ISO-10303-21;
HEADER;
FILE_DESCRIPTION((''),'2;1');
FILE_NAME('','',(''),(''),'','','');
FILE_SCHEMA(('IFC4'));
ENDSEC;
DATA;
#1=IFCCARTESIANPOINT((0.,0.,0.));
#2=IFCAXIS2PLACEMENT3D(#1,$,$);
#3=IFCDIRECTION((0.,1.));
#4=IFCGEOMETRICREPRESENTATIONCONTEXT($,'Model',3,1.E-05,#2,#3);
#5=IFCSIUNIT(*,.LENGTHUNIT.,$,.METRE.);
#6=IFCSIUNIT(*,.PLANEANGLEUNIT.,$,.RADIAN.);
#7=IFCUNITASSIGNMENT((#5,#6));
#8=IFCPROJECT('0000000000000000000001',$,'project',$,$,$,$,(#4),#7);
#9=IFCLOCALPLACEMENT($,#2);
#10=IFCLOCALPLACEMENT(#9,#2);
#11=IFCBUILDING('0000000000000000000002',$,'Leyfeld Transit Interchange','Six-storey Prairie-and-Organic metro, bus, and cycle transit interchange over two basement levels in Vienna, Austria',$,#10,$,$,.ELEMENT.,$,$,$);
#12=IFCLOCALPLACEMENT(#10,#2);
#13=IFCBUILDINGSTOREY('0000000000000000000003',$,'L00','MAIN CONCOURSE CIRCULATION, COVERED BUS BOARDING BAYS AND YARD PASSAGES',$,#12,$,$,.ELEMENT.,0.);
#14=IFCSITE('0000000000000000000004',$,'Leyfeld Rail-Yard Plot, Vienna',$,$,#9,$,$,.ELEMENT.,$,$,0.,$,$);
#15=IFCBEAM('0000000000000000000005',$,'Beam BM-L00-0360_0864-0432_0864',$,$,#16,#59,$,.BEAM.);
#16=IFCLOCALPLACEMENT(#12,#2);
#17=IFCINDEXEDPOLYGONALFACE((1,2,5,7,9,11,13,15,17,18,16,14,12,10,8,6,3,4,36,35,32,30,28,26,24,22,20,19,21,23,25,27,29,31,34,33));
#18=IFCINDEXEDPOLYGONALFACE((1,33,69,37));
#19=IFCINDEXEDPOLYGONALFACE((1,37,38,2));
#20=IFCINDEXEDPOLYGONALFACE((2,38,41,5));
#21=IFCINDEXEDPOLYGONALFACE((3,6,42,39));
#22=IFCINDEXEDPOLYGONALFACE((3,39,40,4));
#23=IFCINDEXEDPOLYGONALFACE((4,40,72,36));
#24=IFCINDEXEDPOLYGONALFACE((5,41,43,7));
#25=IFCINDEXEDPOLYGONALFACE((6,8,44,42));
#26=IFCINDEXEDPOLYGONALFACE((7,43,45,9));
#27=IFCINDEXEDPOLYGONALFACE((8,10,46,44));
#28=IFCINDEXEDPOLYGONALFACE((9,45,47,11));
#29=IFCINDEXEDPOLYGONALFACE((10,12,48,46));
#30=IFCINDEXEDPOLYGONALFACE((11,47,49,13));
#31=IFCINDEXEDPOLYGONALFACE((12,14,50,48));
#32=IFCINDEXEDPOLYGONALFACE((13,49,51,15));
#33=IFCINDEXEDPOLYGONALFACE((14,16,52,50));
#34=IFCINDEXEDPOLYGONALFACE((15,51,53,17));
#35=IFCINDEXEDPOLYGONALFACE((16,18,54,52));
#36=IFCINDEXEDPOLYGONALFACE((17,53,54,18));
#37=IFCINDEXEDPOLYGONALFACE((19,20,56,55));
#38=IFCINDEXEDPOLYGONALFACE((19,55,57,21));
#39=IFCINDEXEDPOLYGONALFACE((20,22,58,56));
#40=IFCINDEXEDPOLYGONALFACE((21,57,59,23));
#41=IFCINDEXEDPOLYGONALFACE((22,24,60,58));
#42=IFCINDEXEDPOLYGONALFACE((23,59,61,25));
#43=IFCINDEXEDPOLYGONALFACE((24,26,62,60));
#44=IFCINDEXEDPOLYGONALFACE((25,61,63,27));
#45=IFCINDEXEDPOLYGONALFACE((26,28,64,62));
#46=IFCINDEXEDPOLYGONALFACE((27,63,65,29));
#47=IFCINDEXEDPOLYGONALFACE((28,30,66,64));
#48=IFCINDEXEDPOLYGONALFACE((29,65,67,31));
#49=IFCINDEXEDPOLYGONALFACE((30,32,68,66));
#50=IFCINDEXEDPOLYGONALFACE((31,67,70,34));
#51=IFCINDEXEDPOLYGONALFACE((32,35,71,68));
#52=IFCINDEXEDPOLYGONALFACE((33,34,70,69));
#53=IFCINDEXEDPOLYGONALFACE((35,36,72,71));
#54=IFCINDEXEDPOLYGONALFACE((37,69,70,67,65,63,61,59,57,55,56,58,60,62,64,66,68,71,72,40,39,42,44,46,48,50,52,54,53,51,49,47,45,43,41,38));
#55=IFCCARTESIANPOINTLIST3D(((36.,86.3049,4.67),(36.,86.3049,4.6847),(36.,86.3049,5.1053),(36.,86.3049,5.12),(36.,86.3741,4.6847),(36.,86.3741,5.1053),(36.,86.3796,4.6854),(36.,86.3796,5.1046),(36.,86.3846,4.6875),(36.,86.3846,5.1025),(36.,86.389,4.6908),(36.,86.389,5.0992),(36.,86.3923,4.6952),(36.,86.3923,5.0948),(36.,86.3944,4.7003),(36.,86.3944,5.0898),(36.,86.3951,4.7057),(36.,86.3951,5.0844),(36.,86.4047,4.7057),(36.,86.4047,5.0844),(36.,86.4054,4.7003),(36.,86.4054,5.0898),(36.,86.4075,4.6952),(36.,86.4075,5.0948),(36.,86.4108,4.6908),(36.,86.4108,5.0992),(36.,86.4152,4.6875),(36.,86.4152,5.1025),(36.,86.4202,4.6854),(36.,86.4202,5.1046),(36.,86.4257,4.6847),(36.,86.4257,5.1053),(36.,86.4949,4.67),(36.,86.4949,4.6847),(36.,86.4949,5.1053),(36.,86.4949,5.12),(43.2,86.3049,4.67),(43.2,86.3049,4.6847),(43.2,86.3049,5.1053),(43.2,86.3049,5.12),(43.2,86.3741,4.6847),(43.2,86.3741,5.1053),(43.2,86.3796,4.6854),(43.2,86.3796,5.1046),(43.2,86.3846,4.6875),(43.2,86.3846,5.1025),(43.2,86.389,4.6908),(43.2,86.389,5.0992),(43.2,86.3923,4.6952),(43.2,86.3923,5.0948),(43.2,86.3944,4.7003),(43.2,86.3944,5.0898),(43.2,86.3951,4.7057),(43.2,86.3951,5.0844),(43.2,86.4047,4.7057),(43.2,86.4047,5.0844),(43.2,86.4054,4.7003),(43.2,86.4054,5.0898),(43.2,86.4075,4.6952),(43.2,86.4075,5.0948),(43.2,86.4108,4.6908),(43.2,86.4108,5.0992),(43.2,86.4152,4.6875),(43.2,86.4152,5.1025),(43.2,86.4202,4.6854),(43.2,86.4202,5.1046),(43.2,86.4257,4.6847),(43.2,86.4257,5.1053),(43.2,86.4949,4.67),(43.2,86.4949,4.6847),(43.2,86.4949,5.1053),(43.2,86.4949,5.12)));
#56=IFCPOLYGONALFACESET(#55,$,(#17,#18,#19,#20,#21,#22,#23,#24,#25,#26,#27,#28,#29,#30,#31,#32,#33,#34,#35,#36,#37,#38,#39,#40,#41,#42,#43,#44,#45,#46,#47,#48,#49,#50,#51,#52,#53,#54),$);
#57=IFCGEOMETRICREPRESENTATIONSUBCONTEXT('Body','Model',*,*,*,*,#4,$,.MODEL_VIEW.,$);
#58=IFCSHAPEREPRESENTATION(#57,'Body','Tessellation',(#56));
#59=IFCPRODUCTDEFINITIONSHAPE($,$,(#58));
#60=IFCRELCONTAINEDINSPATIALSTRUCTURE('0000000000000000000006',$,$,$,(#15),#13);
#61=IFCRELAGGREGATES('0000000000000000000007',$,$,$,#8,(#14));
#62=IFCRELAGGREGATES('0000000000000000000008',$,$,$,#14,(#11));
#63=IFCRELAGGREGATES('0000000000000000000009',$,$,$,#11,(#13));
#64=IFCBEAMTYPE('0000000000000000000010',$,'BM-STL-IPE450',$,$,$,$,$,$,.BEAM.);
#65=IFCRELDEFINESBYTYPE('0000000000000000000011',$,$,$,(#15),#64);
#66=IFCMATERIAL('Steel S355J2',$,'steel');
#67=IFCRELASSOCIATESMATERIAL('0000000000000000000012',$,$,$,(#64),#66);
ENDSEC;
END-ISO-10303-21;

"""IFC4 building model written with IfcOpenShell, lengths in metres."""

from ifc_helpers import new_model, si_unit, direction, frame, origin, origin_2d, place, context, subcontext, project, spatial, i_section, extrude, material, material_profile, profile_set, type_object, element, save


model = new_model("IFC4")

# Units and contexts
model_context = context("Model", 3, precision=1e-05, world=origin(), true_north=direction((0.0, 1.0)))
body_context = subcontext(model_context, "Body", "Model", "MODEL_VIEW")
ifc_project = project(units=[si_unit("LENGTHUNIT", "METRE"), si_unit("PLANEANGLEUNIT", "RADIAN")], contexts=[model_context])

# Site, building, storey
site_placement = place(None, origin())
site = spatial("IfcSite", under=ifc_project, at=site_placement, Name="Leyfeld Rail-Yard Plot, Vienna", CompositionType="ELEMENT", RefElevation=0.0)
building_placement = place(site_placement, origin())
building = spatial("IfcBuilding", under=site, at=building_placement, Name="Leyfeld Transit Interchange", Description="Six-storey Prairie-and-Organic metro, bus, and cycle transit interchange over two basement levels in Vienna, Austria", CompositionType="ELEMENT")
storey_placement = place(building_placement, origin())
storey = spatial("IfcBuildingStorey", under=building, at=storey_placement, Name="L00", Description="MAIN CONCOURSE CIRCULATION, COVERED BUS BOARDING BAYS AND YARD PASSAGES", CompositionType="ELEMENT", Elevation=0.0)

# Beam
ifc_material_1 = material(Name="Steel S355J2", Category="steel")
ifc_material_profile_1 = material_profile(ifc_material_1, i_section(OverallWidth=0.1899, OverallDepth=0.45, WebThickness=0.0095, FlangeThickness=0.0146, FilletRadius=0.021, at=origin_2d()), Name="IPE 450")
ifc_profile_set_1 = profile_set([ifc_material_profile_1], Name="Steel S355J2")
beam_type_1 = type_object("IfcBeamType", Name="BM-STL-IPE450", PredefinedType="BEAM", material=ifc_profile_set_1)
for number, where, z_axis, x_axis, name in (
    (1, (36.0, 86.3999, 4.895), (1.0, 0.0, 0.0), (0.0, 1.0, 0.0), "Beam BM-L00-0360_0864-0432_0864"),
):
    element("IfcBeam", number, at=place(storey_placement, frame(where, z_axis=z_axis, x_axis=x_axis)), inside=storey, type_object=beam_type_1, Name=name, PredefinedType="BEAM", context=body_context, shape_type="SweptSolid", body=[
        extrude(i_section(OverallWidth=0.1899, OverallDepth=0.45, WebThickness=0.0095, FlangeThickness=0.0146, FilletRadius=0.021, at=origin_2d()), origin(), (0.0, 0.0, 1.0), 7.2),
    ])

save(model, "model.ifc")
